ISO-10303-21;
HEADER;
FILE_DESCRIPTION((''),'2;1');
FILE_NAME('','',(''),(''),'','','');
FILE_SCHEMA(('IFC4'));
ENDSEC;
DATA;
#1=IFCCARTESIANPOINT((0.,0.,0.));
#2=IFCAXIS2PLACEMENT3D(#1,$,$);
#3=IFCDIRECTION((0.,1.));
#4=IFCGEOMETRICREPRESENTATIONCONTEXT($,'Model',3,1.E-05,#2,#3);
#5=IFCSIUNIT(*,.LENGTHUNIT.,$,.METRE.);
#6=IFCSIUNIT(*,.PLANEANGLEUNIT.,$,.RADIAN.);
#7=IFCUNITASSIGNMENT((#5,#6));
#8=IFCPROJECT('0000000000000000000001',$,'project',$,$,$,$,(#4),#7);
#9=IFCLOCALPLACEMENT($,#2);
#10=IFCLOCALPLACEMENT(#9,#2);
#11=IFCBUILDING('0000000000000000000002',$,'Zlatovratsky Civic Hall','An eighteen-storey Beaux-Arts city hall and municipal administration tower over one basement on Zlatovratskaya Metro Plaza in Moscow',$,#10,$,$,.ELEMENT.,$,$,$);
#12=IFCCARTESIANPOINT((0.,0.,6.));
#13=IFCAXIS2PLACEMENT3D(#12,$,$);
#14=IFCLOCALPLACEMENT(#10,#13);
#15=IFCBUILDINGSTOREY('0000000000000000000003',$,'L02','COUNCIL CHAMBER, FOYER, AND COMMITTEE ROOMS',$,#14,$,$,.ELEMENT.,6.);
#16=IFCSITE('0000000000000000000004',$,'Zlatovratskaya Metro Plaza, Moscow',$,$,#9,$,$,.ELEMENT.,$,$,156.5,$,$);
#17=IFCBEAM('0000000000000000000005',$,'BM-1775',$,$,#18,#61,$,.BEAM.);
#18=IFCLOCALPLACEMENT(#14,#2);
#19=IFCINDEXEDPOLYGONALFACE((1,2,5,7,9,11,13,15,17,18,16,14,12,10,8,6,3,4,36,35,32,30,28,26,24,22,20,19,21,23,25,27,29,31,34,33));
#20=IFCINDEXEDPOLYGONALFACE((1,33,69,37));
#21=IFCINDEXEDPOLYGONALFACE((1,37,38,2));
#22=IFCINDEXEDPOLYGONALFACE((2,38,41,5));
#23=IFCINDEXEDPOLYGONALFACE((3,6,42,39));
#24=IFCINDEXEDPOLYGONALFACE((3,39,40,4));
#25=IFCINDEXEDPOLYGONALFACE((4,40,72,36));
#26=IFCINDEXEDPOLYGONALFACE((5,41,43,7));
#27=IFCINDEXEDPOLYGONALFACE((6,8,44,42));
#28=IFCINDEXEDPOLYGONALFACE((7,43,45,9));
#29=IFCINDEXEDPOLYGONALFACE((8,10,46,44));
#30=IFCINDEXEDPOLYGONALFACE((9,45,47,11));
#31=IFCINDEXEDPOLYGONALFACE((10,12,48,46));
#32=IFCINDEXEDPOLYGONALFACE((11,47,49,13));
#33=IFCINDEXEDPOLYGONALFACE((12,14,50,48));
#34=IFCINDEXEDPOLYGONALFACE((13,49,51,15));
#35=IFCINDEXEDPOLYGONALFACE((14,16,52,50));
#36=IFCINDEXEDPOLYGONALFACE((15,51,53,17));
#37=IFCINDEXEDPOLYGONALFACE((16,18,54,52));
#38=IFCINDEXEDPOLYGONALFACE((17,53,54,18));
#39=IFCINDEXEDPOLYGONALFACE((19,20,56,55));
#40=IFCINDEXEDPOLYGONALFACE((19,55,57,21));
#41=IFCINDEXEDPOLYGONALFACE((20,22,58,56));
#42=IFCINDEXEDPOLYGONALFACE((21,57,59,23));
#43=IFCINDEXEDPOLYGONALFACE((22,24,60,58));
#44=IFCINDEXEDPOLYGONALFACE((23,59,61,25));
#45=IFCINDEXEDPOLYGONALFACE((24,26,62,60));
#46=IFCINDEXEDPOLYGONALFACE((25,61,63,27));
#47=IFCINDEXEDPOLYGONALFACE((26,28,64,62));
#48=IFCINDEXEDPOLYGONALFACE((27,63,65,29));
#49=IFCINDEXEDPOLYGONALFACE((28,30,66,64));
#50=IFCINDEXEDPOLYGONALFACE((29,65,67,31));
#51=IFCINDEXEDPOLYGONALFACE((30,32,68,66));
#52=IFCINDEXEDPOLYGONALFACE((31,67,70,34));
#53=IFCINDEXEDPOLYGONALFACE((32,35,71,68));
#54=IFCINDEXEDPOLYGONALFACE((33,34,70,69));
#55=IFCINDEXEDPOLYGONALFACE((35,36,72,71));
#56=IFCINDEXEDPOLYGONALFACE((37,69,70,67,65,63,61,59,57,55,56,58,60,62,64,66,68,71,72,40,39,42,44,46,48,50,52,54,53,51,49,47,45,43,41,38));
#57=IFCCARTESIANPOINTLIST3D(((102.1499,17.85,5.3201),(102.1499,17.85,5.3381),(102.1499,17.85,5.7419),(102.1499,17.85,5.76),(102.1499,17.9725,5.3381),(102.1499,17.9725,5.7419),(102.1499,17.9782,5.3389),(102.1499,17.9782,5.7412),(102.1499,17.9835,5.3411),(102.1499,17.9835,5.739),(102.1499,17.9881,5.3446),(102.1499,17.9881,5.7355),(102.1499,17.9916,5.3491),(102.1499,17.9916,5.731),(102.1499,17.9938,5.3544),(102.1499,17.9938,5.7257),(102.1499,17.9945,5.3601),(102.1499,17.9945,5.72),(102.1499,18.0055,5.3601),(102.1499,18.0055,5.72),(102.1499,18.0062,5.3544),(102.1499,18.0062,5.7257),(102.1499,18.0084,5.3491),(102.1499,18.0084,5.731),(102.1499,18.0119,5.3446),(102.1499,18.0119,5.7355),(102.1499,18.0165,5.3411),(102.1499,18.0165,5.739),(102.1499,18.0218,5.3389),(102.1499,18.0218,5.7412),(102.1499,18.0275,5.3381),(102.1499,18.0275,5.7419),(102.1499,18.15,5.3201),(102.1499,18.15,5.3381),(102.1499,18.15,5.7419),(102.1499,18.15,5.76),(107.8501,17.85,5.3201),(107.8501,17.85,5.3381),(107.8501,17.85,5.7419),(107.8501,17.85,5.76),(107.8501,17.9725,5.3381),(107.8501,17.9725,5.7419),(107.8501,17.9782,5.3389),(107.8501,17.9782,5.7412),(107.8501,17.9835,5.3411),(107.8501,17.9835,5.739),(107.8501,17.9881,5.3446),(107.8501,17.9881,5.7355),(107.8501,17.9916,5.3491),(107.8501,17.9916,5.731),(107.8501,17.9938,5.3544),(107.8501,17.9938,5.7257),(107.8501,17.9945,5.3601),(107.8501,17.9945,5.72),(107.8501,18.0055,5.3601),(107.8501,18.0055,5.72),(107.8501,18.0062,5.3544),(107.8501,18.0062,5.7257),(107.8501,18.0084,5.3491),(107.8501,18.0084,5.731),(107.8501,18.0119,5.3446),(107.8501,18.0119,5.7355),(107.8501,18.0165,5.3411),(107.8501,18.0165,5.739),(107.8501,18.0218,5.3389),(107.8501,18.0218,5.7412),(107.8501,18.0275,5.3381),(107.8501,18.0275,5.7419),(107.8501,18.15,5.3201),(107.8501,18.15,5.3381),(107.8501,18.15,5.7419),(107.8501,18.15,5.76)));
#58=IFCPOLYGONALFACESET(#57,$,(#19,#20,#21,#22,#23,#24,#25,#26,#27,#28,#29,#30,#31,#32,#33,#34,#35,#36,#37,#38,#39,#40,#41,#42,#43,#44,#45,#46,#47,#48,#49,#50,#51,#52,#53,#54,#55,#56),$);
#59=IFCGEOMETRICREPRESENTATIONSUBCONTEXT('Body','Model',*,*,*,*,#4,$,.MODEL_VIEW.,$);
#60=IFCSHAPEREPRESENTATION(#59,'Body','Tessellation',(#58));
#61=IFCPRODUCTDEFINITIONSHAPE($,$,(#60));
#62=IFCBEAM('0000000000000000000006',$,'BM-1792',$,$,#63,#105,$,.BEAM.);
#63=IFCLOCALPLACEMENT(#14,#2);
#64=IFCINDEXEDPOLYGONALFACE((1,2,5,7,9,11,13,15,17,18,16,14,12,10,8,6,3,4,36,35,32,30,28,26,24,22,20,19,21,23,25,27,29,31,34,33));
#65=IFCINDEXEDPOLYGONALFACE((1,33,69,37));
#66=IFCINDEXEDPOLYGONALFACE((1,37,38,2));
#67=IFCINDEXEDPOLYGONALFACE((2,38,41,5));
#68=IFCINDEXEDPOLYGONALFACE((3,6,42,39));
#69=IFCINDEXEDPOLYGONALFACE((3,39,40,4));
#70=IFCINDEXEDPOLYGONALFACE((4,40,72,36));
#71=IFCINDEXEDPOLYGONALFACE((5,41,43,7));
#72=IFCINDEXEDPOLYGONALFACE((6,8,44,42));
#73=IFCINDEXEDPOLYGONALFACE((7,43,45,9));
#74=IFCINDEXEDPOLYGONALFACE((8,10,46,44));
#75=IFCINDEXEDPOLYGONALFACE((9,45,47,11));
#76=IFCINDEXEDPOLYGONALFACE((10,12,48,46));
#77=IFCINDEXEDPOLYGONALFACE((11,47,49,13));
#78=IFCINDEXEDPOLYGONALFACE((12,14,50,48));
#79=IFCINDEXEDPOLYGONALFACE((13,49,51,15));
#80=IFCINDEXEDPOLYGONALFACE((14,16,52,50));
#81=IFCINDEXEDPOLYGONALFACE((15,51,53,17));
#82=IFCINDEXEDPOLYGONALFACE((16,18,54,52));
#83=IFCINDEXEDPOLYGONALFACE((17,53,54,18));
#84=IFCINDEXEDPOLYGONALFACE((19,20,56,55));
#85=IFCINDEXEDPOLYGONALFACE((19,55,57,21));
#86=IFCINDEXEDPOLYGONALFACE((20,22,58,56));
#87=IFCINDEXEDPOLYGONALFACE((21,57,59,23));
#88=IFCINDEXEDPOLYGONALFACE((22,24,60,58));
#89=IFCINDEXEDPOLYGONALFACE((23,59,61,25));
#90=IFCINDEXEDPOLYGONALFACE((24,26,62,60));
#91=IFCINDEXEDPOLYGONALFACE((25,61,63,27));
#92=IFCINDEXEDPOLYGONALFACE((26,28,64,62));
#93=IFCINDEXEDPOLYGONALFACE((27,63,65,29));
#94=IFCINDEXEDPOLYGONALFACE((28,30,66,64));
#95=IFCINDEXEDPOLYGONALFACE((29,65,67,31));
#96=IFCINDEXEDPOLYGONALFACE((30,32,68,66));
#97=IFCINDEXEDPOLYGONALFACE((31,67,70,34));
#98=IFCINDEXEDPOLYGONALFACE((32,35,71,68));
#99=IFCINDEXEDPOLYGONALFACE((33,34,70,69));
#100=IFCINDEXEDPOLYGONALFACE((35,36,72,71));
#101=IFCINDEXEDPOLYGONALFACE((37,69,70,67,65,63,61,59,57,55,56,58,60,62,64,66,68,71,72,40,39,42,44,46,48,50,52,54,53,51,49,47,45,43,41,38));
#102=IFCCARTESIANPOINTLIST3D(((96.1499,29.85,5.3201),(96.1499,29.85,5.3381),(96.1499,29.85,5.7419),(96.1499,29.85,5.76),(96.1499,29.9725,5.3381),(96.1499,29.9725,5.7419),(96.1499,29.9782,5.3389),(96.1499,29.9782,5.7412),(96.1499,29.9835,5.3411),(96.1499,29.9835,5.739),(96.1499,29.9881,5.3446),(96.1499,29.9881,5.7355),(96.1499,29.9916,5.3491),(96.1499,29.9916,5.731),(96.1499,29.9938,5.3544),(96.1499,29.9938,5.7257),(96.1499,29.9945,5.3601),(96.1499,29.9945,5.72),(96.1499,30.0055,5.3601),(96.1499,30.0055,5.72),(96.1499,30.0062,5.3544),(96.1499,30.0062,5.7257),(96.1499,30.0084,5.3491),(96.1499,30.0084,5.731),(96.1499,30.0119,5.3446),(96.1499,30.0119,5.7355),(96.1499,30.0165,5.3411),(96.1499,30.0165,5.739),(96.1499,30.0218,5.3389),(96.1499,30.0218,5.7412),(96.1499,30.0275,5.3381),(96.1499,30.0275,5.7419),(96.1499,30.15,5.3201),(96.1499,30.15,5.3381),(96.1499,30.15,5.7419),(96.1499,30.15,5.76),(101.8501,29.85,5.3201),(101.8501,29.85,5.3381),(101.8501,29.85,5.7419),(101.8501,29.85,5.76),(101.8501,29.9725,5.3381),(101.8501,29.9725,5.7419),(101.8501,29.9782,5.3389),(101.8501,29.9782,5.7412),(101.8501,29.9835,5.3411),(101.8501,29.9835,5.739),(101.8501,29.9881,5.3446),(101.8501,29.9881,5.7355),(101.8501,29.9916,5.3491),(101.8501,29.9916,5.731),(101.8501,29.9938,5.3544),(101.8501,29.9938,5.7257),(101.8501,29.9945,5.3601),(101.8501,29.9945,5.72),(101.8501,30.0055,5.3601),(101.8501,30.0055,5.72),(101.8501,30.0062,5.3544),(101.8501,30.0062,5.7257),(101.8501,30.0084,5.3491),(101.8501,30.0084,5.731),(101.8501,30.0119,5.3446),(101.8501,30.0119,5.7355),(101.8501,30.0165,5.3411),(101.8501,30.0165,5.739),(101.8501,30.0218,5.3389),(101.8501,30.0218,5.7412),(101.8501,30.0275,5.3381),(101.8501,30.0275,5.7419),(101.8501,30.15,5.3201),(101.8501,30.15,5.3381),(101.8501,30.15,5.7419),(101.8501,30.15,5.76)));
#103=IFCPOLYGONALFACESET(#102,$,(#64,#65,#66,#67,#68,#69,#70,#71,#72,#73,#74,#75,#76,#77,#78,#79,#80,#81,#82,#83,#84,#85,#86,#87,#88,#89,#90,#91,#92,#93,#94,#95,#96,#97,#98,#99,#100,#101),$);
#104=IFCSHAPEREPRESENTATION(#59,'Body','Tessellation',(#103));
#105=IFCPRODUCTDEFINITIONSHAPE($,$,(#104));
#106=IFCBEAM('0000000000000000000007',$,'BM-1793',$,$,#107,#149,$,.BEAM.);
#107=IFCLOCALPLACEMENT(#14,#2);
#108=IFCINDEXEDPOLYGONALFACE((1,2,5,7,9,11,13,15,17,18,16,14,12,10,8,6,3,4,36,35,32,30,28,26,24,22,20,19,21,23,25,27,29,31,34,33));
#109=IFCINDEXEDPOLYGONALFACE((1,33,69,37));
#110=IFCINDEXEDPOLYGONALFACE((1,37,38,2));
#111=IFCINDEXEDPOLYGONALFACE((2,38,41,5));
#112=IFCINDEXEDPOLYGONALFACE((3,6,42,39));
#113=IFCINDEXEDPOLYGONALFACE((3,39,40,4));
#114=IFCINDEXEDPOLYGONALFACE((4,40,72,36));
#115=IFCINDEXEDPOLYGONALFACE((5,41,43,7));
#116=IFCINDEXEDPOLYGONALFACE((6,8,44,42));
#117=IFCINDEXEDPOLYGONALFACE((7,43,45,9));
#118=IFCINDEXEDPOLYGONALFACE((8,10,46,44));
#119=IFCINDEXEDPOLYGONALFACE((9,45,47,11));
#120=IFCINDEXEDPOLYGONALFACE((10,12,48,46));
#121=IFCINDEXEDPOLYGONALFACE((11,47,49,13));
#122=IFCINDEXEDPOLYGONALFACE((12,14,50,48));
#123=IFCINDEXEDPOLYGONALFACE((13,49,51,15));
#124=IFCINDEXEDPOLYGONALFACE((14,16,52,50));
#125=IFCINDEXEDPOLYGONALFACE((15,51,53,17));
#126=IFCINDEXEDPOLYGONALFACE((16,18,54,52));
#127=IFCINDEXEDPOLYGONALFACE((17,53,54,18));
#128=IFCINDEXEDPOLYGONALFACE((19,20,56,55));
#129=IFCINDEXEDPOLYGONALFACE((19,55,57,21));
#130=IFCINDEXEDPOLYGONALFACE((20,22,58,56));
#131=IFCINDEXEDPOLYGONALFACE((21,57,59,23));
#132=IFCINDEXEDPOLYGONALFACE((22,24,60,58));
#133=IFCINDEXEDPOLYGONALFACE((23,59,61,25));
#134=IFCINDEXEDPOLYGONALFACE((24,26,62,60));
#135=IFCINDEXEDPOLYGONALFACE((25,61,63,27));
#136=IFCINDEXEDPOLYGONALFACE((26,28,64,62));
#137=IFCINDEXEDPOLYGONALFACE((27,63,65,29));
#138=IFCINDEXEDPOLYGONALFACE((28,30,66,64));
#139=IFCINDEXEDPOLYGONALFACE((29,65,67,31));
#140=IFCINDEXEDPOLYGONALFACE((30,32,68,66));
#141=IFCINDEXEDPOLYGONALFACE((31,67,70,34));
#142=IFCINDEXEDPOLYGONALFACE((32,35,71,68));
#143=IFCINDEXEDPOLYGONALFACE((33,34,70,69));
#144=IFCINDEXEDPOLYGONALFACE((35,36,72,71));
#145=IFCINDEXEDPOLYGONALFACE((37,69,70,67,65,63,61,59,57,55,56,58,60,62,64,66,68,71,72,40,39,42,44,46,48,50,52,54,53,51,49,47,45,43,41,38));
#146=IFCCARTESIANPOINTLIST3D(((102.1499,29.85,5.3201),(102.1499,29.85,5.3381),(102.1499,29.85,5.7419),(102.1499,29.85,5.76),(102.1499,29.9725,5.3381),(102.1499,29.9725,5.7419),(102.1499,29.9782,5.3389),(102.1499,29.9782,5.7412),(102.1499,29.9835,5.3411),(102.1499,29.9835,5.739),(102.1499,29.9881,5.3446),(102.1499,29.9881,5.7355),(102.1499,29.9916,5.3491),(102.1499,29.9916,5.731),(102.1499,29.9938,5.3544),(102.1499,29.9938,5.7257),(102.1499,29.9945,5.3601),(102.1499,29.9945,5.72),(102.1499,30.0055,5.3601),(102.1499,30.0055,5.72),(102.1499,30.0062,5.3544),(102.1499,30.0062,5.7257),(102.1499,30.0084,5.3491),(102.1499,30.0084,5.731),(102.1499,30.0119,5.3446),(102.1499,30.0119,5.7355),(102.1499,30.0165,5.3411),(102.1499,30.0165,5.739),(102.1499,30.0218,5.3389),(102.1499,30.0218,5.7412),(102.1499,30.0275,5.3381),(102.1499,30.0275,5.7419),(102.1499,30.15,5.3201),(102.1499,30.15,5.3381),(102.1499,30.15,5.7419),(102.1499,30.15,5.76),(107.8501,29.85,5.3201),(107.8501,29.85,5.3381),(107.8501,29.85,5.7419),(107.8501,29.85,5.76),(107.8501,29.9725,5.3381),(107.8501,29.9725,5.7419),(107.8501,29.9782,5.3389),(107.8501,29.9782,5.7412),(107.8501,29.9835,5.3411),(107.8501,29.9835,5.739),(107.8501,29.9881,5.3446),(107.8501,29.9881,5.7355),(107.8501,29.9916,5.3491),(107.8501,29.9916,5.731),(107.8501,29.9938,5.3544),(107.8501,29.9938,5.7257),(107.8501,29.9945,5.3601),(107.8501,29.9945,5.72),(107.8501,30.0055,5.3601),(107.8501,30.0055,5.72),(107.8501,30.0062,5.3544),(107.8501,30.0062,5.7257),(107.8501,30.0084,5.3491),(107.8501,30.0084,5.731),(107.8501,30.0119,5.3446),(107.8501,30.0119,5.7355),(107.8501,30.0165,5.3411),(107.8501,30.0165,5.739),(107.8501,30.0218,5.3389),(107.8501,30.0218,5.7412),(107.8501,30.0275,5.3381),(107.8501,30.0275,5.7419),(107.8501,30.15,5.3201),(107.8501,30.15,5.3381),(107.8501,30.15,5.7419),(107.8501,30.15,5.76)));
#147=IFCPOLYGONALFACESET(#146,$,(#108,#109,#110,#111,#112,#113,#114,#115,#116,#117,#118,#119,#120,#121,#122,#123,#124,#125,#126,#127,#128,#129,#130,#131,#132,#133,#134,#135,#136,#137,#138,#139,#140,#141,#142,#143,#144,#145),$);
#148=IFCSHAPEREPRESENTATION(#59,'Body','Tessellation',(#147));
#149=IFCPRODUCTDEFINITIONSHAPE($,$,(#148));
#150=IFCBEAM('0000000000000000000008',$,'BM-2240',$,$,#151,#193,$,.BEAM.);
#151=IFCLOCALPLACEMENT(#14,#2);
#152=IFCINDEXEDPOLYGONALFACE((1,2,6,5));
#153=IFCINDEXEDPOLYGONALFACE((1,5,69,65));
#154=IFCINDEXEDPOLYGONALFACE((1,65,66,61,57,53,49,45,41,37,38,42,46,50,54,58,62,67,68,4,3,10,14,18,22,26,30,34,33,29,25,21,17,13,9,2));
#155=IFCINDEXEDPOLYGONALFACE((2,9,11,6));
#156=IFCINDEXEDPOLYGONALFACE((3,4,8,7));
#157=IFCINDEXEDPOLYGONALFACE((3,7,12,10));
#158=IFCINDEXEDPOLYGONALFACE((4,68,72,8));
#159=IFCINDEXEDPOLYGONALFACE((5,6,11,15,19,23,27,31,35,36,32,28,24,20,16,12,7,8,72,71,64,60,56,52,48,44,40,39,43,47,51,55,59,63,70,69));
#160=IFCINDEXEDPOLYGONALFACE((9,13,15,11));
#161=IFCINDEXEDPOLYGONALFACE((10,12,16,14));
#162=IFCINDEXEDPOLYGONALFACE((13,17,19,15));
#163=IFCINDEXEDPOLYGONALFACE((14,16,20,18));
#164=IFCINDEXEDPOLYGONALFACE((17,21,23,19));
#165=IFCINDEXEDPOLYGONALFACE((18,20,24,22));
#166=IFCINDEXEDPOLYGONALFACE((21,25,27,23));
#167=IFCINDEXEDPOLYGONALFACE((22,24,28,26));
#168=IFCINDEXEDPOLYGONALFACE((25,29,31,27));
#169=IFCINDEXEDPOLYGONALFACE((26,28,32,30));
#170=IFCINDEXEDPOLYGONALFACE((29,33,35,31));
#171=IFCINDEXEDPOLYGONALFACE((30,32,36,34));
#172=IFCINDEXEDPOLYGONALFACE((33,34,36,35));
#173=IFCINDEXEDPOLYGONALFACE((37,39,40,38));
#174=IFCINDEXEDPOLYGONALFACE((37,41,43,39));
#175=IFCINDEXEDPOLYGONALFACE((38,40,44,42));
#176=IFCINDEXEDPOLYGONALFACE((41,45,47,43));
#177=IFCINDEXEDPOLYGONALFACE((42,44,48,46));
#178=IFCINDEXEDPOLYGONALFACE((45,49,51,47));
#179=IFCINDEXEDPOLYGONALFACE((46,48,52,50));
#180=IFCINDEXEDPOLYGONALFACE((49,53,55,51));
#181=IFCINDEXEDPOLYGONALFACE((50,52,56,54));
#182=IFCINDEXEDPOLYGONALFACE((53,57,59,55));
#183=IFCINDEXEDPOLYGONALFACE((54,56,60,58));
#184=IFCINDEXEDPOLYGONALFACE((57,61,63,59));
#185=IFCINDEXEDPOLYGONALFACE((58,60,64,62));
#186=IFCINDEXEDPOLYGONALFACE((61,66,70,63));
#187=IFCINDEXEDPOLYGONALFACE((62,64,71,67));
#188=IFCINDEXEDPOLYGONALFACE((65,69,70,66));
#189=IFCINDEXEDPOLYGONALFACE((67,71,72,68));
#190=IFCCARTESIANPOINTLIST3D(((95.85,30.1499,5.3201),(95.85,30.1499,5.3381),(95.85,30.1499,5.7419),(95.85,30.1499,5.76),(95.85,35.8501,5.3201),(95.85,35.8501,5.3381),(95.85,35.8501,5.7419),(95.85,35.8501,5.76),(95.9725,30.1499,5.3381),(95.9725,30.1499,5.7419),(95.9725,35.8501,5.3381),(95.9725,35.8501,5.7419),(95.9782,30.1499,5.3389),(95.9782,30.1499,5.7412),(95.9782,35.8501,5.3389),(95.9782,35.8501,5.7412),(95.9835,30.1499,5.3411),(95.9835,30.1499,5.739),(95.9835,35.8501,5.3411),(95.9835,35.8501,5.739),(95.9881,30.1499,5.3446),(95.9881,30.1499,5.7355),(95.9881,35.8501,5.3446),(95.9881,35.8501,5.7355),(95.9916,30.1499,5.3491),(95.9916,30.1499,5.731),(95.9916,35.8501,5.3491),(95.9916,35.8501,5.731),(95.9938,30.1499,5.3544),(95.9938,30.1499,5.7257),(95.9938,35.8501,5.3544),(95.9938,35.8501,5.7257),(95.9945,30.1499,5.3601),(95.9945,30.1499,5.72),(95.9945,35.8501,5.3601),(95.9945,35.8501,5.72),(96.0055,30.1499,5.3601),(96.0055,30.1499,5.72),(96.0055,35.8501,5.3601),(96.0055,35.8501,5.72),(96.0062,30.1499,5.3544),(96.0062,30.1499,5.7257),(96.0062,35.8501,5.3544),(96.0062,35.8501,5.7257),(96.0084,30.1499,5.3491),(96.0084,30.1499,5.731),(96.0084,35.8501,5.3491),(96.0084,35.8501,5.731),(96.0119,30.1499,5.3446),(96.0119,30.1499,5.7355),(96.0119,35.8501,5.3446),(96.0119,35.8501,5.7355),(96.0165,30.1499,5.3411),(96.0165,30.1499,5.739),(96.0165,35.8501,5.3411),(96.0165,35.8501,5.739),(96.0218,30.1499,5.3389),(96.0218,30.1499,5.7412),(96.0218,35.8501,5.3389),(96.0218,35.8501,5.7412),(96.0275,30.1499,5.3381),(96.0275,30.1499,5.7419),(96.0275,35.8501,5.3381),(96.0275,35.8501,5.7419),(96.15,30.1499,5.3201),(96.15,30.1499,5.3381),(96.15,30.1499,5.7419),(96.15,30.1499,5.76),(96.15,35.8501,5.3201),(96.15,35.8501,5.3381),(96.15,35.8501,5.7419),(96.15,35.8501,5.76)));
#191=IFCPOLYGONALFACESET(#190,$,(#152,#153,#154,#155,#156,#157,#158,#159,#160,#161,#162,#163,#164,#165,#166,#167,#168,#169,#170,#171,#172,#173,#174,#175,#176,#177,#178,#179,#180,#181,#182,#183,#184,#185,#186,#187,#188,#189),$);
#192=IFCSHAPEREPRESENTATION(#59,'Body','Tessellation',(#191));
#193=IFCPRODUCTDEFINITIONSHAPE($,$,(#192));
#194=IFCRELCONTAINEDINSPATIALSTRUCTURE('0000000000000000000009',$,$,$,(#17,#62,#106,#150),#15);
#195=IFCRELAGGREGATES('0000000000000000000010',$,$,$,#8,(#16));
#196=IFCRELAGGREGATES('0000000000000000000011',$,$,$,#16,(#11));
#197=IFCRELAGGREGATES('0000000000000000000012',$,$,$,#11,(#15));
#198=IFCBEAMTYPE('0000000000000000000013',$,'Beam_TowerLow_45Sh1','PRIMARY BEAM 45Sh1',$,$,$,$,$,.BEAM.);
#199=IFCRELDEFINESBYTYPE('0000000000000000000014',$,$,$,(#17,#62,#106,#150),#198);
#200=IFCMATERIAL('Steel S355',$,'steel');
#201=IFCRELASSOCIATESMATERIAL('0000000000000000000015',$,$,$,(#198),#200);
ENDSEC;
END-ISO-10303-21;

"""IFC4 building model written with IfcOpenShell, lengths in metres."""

from ifc_helpers import new_model, si_unit, direction, frame, origin, origin_2d, place, context, subcontext, project, spatial, i_section, extrude, material, material_profile, profile_set, type_object, element, save


model = new_model("IFC4")

# Units and contexts
model_context = context("Model", 3, precision=1e-05, world=origin(), true_north=direction((0.0, 1.0)))
body_context = subcontext(model_context, "Body", "Model", "MODEL_VIEW")
ifc_project = project(units=[si_unit("LENGTHUNIT", "METRE"), si_unit("PLANEANGLEUNIT", "RADIAN")], contexts=[model_context])

# Site, building, storey
site_placement = place(None, origin())
site = spatial("IfcSite", under=ifc_project, at=site_placement, Name="Zlatovratskaya Metro Plaza, Moscow", CompositionType="ELEMENT", RefElevation=156.5)
building_placement = place(site_placement, origin())
building = spatial("IfcBuilding", under=site, at=building_placement, Name="Zlatovratsky Civic Hall", Description="An eighteen-storey Beaux-Arts city hall and municipal administration tower over one basement on Zlatovratskaya Metro Plaza in Moscow", CompositionType="ELEMENT")
storey_placement = place(building_placement, frame((0.0, 0.0, 6.0)))
storey = spatial("IfcBuildingStorey", under=building, at=storey_placement, Name="L02", Description="COUNCIL CHAMBER, FOYER, AND COMMITTEE ROOMS", CompositionType="ELEMENT", Elevation=6.0)

# Shared definitions
ifc_material_1 = material(Name="Steel S355", Category="steel")

# Beams
ifc_material_profile_1 = material_profile(ifc_material_1, i_section(OverallWidth=0.3, OverallDepth=0.4399, WebThickness=0.011, FlangeThickness=0.0181, FilletRadius=0.022, at=origin_2d()), Name="45Sh1")
ifc_profile_set_1 = profile_set([ifc_material_profile_1], Name="Steel S355")
beam_type_1 = type_object("IfcBeamType", Name="Beam_TowerLow_45Sh1", Description="PRIMARY BEAM 45Sh1", PredefinedType="BEAM", material=ifc_profile_set_1)
for number, where, z_axis, x_axis, name in (
    (1, (102.1499, 18.0, 5.54), (1.0, 0.0, 0.0), (0.0, 1.0, 0.0), "BM-1775"),
    (2, (96.1499, 30.0, 5.54), (1.0, 0.0, 0.0), (0.0, 1.0, 0.0), "BM-1792"),
    (3, (102.1499, 30.0, 5.54), (1.0, 0.0, 0.0), (0.0, 1.0, 0.0), "BM-1793"),
    (4, (96.0, 30.1499, 5.54), (0.0, 1.0, 0.0), (-1.0, 0.0, 0.0), "BM-2240"),
):
    element("IfcBeam", number, at=place(storey_placement, frame(where, z_axis=z_axis, x_axis=x_axis)), inside=storey, type_object=beam_type_1, Name=name, PredefinedType="BEAM", context=body_context, shape_type="SweptSolid", body=[
        extrude(i_section(OverallWidth=0.3, OverallDepth=0.4399, WebThickness=0.011, FlangeThickness=0.0181, FilletRadius=0.022, at=origin_2d()), origin(), (0.0, 0.0, 1.0), 5.7002),
    ])

save(model, "model.ifc")
